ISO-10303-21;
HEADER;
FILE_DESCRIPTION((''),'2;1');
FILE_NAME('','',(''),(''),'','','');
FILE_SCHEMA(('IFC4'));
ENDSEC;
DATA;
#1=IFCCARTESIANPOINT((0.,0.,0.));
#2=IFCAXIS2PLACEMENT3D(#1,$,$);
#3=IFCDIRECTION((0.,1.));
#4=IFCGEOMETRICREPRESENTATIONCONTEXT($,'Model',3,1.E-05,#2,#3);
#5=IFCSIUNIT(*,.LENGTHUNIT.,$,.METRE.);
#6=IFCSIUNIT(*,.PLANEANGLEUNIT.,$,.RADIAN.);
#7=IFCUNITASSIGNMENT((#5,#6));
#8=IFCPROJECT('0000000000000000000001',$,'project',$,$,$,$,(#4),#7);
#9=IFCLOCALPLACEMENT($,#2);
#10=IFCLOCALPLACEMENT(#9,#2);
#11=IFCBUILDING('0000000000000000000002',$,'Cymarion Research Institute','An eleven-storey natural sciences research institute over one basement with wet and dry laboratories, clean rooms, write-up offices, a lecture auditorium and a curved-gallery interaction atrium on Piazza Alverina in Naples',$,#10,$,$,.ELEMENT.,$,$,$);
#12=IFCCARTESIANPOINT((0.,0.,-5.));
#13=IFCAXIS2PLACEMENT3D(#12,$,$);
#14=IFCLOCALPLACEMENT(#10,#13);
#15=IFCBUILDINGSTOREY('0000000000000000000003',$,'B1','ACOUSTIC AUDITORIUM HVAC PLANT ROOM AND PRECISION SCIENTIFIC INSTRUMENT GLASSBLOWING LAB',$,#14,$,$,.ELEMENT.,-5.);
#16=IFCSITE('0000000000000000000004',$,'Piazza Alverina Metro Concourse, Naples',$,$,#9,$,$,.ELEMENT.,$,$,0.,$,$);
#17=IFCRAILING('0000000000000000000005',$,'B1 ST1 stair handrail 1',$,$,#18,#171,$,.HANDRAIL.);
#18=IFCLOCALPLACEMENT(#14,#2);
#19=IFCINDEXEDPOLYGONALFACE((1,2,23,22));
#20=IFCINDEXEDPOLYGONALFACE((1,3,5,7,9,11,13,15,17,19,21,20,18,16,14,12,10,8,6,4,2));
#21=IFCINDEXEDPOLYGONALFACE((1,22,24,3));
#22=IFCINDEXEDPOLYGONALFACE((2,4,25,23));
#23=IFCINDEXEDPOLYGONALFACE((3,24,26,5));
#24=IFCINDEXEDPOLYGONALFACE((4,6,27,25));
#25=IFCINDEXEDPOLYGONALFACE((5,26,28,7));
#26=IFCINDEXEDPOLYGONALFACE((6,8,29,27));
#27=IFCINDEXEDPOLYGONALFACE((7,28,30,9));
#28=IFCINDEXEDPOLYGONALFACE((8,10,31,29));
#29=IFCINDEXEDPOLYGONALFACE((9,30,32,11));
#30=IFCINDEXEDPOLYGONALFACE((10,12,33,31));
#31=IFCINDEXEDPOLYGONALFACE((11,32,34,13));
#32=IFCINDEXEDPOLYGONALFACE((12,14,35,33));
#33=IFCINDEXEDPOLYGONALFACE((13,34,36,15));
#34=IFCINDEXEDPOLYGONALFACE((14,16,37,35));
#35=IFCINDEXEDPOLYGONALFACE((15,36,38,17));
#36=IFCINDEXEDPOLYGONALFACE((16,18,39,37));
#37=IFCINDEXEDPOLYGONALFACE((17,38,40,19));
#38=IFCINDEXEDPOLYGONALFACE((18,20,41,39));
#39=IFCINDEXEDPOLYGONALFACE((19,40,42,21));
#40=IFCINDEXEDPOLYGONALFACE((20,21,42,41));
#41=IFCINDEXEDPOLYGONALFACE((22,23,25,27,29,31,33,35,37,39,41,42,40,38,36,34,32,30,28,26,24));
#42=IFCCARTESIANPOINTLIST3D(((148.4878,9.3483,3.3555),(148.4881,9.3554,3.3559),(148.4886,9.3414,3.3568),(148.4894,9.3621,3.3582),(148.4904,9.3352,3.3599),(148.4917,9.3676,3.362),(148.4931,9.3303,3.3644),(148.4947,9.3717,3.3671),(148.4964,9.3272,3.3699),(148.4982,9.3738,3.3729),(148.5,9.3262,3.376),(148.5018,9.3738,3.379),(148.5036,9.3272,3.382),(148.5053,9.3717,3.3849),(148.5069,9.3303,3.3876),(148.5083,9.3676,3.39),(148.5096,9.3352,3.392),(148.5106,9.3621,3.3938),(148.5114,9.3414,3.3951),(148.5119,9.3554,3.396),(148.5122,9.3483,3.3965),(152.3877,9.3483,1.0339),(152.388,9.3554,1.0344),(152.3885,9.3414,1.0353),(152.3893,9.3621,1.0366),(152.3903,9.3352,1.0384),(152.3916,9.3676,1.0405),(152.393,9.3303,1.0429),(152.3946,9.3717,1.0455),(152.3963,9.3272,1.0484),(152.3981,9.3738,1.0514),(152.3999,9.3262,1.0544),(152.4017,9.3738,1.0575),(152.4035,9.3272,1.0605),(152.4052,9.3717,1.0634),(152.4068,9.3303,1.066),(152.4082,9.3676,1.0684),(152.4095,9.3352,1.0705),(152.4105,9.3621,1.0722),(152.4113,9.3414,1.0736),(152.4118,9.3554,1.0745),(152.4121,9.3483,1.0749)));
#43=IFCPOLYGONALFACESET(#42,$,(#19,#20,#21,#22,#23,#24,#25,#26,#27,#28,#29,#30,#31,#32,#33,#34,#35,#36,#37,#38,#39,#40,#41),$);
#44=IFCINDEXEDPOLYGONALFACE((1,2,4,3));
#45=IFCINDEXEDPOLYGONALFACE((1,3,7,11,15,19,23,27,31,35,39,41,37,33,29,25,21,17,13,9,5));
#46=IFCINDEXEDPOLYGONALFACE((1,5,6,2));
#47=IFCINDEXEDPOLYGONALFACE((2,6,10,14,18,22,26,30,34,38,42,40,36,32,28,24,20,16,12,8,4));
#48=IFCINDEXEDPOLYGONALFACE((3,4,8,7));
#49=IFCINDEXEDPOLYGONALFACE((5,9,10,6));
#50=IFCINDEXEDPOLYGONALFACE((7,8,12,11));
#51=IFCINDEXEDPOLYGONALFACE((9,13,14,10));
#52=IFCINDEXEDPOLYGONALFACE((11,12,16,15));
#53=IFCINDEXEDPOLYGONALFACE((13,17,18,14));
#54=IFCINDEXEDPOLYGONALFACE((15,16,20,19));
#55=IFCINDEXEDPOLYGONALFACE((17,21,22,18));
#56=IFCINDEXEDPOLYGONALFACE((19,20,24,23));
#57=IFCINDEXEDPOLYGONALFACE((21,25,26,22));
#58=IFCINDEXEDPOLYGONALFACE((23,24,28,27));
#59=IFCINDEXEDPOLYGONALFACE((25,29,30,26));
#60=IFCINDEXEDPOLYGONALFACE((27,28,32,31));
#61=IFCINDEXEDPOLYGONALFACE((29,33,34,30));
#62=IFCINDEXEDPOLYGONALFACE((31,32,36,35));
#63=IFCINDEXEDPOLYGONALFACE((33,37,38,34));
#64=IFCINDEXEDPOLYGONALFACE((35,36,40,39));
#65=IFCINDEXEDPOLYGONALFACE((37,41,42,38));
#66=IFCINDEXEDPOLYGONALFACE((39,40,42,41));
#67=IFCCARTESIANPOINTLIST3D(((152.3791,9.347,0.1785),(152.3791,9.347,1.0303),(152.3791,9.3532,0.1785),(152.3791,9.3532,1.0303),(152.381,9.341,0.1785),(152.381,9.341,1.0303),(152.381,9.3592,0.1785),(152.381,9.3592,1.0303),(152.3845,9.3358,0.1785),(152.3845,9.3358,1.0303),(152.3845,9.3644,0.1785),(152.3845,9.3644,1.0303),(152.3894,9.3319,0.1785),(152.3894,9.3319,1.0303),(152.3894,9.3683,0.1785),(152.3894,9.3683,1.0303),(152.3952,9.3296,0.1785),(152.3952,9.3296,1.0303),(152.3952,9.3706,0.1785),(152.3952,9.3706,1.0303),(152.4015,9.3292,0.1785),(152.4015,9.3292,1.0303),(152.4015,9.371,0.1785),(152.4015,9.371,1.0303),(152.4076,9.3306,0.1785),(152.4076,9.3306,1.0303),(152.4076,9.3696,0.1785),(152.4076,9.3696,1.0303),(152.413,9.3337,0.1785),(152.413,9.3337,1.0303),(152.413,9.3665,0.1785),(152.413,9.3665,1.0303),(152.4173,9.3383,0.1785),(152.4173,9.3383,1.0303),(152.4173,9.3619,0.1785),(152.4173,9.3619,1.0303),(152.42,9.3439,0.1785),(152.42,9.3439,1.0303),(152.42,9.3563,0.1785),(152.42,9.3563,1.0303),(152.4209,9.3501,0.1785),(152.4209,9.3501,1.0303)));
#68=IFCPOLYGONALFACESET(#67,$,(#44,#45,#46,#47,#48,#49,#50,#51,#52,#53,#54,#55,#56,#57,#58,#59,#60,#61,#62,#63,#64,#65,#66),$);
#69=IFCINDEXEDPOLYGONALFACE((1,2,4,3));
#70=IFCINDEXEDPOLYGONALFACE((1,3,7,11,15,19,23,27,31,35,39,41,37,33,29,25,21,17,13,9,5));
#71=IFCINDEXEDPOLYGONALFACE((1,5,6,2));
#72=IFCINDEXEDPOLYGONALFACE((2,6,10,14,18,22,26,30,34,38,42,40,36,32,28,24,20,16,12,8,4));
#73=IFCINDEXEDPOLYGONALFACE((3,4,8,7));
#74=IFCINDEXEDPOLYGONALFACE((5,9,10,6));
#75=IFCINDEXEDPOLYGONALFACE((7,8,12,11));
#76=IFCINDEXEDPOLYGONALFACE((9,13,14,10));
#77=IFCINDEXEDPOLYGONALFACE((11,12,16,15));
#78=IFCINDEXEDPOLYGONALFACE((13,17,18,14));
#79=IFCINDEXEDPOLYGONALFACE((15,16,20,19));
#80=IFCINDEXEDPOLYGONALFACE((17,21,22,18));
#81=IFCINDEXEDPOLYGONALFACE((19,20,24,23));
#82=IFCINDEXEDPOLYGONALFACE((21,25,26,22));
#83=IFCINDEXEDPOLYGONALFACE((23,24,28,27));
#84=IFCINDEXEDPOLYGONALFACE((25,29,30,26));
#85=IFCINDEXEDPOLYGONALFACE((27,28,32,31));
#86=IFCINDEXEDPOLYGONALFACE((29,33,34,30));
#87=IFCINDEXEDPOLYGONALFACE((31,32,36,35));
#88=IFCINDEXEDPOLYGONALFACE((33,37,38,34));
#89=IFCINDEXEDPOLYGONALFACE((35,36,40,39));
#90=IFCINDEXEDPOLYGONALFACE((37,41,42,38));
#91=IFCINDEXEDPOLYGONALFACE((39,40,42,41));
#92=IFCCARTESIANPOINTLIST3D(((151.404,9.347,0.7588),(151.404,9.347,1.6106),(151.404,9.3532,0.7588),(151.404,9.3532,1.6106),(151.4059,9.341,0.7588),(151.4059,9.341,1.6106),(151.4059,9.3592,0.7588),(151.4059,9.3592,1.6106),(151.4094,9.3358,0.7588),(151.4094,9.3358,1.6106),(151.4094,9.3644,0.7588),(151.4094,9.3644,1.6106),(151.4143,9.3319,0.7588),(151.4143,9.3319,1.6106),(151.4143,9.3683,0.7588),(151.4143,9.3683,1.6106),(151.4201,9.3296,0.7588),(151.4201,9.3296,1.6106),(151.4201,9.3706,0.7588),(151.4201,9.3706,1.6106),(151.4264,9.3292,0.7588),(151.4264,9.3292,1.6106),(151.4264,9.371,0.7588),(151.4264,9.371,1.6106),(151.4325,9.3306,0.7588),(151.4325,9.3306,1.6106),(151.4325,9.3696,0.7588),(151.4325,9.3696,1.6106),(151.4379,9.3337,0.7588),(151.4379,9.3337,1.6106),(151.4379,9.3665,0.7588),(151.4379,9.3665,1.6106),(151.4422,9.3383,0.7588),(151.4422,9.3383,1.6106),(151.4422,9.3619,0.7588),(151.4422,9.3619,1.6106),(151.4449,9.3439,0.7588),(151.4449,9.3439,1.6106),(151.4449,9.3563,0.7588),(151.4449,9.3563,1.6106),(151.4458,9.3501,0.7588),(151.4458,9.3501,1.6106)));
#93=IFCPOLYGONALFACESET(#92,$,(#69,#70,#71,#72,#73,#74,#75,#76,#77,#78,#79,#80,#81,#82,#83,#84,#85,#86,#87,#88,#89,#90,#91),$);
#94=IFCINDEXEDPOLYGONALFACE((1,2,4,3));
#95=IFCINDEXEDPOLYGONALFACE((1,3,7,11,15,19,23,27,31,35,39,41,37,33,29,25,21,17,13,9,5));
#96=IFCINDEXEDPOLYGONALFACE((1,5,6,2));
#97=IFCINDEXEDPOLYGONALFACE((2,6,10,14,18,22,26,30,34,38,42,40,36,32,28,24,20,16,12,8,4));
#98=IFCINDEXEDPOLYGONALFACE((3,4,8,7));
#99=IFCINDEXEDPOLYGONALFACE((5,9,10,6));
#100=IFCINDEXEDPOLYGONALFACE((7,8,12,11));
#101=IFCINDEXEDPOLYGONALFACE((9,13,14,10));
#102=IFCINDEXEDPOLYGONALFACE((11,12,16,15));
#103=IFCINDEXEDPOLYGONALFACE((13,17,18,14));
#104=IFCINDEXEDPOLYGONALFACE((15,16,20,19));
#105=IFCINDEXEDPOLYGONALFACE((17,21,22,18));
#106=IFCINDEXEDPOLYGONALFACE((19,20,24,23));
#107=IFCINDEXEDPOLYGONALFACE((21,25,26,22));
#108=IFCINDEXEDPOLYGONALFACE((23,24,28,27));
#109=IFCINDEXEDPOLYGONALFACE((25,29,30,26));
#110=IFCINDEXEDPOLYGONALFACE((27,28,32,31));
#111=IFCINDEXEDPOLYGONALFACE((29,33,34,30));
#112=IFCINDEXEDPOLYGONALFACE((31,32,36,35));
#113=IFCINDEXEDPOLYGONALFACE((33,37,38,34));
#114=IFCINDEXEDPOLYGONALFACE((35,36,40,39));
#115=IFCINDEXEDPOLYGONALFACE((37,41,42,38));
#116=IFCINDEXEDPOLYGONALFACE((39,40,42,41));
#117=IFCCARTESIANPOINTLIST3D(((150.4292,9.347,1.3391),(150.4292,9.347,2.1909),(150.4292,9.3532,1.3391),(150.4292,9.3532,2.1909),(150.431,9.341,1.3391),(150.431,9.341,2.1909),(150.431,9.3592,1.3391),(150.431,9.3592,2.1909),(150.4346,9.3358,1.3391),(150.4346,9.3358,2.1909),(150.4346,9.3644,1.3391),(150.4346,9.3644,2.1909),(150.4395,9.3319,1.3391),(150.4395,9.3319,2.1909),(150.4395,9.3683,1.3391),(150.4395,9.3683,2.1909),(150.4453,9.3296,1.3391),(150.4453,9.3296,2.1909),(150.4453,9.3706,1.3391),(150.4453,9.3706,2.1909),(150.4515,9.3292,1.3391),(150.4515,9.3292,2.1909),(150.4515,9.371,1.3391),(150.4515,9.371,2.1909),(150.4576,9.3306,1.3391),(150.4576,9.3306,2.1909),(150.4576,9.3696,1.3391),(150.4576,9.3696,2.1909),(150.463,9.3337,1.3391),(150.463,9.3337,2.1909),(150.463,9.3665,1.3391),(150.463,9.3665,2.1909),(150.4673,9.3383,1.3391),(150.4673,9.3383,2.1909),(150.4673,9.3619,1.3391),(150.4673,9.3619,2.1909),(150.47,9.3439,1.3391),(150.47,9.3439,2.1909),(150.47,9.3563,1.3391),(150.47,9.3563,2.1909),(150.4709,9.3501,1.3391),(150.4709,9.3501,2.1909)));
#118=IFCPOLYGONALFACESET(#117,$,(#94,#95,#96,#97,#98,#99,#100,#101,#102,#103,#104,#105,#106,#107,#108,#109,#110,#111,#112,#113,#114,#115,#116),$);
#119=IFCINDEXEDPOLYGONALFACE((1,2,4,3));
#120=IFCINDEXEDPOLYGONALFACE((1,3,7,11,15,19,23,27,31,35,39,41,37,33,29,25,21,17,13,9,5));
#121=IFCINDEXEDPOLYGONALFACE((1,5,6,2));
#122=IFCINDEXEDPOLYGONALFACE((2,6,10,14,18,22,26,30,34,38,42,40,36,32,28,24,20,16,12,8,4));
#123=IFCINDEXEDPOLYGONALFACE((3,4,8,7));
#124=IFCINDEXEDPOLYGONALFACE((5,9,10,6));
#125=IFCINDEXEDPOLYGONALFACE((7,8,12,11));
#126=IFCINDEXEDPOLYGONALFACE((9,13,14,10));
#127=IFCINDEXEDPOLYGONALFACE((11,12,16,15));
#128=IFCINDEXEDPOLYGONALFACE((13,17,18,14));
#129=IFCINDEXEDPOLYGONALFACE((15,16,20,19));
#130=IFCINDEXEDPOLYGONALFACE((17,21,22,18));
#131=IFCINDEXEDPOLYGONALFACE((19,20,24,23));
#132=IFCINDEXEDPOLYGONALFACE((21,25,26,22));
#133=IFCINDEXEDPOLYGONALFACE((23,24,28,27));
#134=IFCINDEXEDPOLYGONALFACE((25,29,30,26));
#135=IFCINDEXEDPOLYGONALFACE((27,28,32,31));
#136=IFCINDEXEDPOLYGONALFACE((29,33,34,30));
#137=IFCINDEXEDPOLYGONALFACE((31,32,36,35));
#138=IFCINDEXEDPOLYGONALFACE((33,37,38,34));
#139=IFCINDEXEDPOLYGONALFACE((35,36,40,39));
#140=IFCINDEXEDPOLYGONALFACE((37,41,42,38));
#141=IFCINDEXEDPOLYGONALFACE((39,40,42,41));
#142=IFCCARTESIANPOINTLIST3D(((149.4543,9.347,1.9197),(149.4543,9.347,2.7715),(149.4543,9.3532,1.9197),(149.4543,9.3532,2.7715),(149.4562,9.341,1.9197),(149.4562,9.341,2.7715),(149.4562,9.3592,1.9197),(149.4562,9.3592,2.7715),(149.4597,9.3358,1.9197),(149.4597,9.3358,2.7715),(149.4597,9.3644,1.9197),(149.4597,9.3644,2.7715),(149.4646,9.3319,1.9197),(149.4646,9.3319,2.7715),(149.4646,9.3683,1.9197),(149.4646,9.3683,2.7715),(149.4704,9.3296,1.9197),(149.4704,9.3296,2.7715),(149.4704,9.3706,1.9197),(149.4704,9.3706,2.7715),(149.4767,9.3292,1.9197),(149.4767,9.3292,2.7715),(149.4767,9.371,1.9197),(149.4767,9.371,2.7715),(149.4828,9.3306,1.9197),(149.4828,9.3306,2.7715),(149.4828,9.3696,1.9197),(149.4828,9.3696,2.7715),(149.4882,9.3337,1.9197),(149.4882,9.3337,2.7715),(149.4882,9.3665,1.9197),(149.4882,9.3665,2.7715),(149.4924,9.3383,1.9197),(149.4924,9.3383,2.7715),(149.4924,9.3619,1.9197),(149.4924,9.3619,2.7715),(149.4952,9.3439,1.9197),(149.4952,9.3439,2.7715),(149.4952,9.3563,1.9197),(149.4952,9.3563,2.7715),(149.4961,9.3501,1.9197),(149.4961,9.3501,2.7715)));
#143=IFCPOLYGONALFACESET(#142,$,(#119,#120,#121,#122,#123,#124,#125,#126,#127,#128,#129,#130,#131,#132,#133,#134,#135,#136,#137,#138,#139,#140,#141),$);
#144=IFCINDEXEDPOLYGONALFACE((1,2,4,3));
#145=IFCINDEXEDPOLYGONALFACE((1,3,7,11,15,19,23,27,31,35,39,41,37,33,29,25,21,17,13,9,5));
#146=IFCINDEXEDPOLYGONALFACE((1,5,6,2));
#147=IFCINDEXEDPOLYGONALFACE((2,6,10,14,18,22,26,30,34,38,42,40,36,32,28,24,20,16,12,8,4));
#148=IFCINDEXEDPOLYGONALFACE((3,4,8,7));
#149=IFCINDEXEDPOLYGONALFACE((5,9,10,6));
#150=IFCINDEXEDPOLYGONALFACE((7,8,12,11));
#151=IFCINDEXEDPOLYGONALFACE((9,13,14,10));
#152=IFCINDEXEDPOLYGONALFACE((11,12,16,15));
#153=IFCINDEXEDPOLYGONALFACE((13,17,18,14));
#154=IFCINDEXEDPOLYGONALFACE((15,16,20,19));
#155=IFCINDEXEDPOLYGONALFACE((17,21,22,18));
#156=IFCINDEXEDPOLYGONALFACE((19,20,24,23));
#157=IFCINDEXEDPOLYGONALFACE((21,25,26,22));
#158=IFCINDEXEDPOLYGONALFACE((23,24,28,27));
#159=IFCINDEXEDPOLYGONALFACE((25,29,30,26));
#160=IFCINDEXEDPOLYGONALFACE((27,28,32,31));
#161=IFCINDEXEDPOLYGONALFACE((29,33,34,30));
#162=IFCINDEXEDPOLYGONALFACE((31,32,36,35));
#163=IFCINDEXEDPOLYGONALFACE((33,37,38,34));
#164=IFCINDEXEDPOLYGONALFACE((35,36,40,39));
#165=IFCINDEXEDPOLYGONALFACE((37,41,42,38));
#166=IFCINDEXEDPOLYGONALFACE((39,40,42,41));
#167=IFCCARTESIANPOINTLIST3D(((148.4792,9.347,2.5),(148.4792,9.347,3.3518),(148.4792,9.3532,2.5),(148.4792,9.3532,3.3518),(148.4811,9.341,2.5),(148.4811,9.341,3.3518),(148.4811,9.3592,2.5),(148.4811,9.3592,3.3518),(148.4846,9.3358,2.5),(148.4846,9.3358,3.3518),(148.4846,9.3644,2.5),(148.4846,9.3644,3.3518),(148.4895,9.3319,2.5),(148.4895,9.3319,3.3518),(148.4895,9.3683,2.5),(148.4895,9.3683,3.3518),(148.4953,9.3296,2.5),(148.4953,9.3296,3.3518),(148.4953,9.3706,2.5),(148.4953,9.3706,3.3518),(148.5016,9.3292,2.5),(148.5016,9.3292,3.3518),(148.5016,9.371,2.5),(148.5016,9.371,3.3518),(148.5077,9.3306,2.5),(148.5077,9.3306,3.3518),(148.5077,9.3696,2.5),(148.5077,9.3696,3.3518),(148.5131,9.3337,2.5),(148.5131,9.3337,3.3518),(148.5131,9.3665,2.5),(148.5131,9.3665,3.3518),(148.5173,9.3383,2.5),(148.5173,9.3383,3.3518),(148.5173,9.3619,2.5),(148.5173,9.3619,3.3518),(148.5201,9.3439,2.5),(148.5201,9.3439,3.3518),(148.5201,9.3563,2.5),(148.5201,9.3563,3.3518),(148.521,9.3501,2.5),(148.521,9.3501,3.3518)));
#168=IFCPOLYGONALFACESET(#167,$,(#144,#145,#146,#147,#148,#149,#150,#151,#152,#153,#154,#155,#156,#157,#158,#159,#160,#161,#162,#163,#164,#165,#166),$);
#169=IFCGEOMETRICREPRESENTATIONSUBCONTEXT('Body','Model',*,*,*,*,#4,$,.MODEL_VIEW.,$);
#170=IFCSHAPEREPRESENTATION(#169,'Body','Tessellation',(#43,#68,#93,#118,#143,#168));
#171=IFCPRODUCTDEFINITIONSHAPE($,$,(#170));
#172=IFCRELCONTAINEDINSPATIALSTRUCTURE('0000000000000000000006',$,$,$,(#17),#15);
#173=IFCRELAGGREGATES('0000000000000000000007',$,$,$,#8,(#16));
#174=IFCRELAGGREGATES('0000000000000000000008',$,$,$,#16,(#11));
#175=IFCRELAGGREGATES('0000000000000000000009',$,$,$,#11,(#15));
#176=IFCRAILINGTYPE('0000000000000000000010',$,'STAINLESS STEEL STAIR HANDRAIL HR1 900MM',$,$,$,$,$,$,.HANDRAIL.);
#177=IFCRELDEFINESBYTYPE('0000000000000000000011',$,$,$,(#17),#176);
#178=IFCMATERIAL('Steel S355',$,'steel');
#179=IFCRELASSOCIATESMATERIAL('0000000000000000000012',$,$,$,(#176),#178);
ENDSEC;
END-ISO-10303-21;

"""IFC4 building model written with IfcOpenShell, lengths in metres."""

from ifc_helpers import new_model, si_unit, direction, frame, origin, origin_2d, place, context, subcontext, project, spatial, circle, extrude, material, type_object, element, save


model = new_model("IFC4")

# Units and contexts
model_context = context("Model", 3, precision=1e-05, world=origin(), true_north=direction((0.0, 1.0)))
body_context = subcontext(model_context, "Body", "Model", "MODEL_VIEW")
ifc_project = project(units=[si_unit("LENGTHUNIT", "METRE"), si_unit("PLANEANGLEUNIT", "RADIAN")], contexts=[model_context])

# Site, building, storey
site_placement = place(None, origin())
site = spatial("IfcSite", under=ifc_project, at=site_placement, Name="Piazza Alverina Metro Concourse, Naples", CompositionType="ELEMENT", RefElevation=0.0)
building_placement = place(site_placement, origin())
building = spatial("IfcBuilding", under=site, at=building_placement, Name="Cymarion Research Institute", Description="An eleven-storey natural sciences research institute over one basement with wet and dry laboratories, clean rooms, write-up offices, a lecture auditorium and a curved-gallery interaction atrium on Piazza Alverina in Naples", CompositionType="ELEMENT")
storey_placement = place(building_placement, frame((0.0, 0.0, -5.0)))
storey = spatial("IfcBuildingStorey", under=building, at=storey_placement, Name="B1", Description="ACOUSTIC AUDITORIUM HVAC PLANT ROOM AND PRECISION SCIENTIFIC INSTRUMENT GLASSBLOWING LAB", CompositionType="ELEMENT", Elevation=-5.0)

# Shared definitions
ifc_material_1 = material(Name="Steel S355", Category="steel")

# Railing
railing_type_1 = type_object("IfcRailingType", Name="STAINLESS STEEL STAIR HANDRAIL HR1 900MM", PredefinedType="HANDRAIL", material=ifc_material_1)
railing_1_placement = place(storey_placement, frame((152.3999, 9.3501, 0.1785)))
element("IfcRailing", 1, at=railing_1_placement, inside=storey, type_object=railing_type_1, Name="B1 ST1 stair handrail 1", PredefinedType="HANDRAIL", context=body_context, shape_type="SweptSolid", body=[
    extrude(circle(Radius=0.0239, at=origin_2d()), frame((0.0, 0.0, 0.876), z_axis=(-0.859277, 0.0, 0.51151), x_axis=(0.0, -1.0, 0.0)), (0.0, 0.0, 1.0), 4.5386),
    extrude(circle(Radius=0.021, at=origin_2d()), origin(), (0.0, 0.0, 1.0), 0.8518),
    extrude(circle(Radius=0.021, at=origin_2d()), frame((-0.9751, 0.0, 0.5803)), (0.0, 0.0, 1.0), 0.8518),
    extrude(circle(Radius=0.021, at=origin_2d()), frame((-1.95, 0.0, 1.1606)), (0.0, 0.0, 1.0), 0.8518),
    extrude(circle(Radius=0.021, at=origin_2d()), frame((-2.9248, 0.0, 1.7412)), (0.0, 0.0, 1.0), 0.8518),
    extrude(circle(Radius=0.021, at=origin_2d()), frame((-3.8999, 0.0, 2.3215)), (0.0, 0.0, 1.0), 0.8518),
])

save(model, "model.ifc")
